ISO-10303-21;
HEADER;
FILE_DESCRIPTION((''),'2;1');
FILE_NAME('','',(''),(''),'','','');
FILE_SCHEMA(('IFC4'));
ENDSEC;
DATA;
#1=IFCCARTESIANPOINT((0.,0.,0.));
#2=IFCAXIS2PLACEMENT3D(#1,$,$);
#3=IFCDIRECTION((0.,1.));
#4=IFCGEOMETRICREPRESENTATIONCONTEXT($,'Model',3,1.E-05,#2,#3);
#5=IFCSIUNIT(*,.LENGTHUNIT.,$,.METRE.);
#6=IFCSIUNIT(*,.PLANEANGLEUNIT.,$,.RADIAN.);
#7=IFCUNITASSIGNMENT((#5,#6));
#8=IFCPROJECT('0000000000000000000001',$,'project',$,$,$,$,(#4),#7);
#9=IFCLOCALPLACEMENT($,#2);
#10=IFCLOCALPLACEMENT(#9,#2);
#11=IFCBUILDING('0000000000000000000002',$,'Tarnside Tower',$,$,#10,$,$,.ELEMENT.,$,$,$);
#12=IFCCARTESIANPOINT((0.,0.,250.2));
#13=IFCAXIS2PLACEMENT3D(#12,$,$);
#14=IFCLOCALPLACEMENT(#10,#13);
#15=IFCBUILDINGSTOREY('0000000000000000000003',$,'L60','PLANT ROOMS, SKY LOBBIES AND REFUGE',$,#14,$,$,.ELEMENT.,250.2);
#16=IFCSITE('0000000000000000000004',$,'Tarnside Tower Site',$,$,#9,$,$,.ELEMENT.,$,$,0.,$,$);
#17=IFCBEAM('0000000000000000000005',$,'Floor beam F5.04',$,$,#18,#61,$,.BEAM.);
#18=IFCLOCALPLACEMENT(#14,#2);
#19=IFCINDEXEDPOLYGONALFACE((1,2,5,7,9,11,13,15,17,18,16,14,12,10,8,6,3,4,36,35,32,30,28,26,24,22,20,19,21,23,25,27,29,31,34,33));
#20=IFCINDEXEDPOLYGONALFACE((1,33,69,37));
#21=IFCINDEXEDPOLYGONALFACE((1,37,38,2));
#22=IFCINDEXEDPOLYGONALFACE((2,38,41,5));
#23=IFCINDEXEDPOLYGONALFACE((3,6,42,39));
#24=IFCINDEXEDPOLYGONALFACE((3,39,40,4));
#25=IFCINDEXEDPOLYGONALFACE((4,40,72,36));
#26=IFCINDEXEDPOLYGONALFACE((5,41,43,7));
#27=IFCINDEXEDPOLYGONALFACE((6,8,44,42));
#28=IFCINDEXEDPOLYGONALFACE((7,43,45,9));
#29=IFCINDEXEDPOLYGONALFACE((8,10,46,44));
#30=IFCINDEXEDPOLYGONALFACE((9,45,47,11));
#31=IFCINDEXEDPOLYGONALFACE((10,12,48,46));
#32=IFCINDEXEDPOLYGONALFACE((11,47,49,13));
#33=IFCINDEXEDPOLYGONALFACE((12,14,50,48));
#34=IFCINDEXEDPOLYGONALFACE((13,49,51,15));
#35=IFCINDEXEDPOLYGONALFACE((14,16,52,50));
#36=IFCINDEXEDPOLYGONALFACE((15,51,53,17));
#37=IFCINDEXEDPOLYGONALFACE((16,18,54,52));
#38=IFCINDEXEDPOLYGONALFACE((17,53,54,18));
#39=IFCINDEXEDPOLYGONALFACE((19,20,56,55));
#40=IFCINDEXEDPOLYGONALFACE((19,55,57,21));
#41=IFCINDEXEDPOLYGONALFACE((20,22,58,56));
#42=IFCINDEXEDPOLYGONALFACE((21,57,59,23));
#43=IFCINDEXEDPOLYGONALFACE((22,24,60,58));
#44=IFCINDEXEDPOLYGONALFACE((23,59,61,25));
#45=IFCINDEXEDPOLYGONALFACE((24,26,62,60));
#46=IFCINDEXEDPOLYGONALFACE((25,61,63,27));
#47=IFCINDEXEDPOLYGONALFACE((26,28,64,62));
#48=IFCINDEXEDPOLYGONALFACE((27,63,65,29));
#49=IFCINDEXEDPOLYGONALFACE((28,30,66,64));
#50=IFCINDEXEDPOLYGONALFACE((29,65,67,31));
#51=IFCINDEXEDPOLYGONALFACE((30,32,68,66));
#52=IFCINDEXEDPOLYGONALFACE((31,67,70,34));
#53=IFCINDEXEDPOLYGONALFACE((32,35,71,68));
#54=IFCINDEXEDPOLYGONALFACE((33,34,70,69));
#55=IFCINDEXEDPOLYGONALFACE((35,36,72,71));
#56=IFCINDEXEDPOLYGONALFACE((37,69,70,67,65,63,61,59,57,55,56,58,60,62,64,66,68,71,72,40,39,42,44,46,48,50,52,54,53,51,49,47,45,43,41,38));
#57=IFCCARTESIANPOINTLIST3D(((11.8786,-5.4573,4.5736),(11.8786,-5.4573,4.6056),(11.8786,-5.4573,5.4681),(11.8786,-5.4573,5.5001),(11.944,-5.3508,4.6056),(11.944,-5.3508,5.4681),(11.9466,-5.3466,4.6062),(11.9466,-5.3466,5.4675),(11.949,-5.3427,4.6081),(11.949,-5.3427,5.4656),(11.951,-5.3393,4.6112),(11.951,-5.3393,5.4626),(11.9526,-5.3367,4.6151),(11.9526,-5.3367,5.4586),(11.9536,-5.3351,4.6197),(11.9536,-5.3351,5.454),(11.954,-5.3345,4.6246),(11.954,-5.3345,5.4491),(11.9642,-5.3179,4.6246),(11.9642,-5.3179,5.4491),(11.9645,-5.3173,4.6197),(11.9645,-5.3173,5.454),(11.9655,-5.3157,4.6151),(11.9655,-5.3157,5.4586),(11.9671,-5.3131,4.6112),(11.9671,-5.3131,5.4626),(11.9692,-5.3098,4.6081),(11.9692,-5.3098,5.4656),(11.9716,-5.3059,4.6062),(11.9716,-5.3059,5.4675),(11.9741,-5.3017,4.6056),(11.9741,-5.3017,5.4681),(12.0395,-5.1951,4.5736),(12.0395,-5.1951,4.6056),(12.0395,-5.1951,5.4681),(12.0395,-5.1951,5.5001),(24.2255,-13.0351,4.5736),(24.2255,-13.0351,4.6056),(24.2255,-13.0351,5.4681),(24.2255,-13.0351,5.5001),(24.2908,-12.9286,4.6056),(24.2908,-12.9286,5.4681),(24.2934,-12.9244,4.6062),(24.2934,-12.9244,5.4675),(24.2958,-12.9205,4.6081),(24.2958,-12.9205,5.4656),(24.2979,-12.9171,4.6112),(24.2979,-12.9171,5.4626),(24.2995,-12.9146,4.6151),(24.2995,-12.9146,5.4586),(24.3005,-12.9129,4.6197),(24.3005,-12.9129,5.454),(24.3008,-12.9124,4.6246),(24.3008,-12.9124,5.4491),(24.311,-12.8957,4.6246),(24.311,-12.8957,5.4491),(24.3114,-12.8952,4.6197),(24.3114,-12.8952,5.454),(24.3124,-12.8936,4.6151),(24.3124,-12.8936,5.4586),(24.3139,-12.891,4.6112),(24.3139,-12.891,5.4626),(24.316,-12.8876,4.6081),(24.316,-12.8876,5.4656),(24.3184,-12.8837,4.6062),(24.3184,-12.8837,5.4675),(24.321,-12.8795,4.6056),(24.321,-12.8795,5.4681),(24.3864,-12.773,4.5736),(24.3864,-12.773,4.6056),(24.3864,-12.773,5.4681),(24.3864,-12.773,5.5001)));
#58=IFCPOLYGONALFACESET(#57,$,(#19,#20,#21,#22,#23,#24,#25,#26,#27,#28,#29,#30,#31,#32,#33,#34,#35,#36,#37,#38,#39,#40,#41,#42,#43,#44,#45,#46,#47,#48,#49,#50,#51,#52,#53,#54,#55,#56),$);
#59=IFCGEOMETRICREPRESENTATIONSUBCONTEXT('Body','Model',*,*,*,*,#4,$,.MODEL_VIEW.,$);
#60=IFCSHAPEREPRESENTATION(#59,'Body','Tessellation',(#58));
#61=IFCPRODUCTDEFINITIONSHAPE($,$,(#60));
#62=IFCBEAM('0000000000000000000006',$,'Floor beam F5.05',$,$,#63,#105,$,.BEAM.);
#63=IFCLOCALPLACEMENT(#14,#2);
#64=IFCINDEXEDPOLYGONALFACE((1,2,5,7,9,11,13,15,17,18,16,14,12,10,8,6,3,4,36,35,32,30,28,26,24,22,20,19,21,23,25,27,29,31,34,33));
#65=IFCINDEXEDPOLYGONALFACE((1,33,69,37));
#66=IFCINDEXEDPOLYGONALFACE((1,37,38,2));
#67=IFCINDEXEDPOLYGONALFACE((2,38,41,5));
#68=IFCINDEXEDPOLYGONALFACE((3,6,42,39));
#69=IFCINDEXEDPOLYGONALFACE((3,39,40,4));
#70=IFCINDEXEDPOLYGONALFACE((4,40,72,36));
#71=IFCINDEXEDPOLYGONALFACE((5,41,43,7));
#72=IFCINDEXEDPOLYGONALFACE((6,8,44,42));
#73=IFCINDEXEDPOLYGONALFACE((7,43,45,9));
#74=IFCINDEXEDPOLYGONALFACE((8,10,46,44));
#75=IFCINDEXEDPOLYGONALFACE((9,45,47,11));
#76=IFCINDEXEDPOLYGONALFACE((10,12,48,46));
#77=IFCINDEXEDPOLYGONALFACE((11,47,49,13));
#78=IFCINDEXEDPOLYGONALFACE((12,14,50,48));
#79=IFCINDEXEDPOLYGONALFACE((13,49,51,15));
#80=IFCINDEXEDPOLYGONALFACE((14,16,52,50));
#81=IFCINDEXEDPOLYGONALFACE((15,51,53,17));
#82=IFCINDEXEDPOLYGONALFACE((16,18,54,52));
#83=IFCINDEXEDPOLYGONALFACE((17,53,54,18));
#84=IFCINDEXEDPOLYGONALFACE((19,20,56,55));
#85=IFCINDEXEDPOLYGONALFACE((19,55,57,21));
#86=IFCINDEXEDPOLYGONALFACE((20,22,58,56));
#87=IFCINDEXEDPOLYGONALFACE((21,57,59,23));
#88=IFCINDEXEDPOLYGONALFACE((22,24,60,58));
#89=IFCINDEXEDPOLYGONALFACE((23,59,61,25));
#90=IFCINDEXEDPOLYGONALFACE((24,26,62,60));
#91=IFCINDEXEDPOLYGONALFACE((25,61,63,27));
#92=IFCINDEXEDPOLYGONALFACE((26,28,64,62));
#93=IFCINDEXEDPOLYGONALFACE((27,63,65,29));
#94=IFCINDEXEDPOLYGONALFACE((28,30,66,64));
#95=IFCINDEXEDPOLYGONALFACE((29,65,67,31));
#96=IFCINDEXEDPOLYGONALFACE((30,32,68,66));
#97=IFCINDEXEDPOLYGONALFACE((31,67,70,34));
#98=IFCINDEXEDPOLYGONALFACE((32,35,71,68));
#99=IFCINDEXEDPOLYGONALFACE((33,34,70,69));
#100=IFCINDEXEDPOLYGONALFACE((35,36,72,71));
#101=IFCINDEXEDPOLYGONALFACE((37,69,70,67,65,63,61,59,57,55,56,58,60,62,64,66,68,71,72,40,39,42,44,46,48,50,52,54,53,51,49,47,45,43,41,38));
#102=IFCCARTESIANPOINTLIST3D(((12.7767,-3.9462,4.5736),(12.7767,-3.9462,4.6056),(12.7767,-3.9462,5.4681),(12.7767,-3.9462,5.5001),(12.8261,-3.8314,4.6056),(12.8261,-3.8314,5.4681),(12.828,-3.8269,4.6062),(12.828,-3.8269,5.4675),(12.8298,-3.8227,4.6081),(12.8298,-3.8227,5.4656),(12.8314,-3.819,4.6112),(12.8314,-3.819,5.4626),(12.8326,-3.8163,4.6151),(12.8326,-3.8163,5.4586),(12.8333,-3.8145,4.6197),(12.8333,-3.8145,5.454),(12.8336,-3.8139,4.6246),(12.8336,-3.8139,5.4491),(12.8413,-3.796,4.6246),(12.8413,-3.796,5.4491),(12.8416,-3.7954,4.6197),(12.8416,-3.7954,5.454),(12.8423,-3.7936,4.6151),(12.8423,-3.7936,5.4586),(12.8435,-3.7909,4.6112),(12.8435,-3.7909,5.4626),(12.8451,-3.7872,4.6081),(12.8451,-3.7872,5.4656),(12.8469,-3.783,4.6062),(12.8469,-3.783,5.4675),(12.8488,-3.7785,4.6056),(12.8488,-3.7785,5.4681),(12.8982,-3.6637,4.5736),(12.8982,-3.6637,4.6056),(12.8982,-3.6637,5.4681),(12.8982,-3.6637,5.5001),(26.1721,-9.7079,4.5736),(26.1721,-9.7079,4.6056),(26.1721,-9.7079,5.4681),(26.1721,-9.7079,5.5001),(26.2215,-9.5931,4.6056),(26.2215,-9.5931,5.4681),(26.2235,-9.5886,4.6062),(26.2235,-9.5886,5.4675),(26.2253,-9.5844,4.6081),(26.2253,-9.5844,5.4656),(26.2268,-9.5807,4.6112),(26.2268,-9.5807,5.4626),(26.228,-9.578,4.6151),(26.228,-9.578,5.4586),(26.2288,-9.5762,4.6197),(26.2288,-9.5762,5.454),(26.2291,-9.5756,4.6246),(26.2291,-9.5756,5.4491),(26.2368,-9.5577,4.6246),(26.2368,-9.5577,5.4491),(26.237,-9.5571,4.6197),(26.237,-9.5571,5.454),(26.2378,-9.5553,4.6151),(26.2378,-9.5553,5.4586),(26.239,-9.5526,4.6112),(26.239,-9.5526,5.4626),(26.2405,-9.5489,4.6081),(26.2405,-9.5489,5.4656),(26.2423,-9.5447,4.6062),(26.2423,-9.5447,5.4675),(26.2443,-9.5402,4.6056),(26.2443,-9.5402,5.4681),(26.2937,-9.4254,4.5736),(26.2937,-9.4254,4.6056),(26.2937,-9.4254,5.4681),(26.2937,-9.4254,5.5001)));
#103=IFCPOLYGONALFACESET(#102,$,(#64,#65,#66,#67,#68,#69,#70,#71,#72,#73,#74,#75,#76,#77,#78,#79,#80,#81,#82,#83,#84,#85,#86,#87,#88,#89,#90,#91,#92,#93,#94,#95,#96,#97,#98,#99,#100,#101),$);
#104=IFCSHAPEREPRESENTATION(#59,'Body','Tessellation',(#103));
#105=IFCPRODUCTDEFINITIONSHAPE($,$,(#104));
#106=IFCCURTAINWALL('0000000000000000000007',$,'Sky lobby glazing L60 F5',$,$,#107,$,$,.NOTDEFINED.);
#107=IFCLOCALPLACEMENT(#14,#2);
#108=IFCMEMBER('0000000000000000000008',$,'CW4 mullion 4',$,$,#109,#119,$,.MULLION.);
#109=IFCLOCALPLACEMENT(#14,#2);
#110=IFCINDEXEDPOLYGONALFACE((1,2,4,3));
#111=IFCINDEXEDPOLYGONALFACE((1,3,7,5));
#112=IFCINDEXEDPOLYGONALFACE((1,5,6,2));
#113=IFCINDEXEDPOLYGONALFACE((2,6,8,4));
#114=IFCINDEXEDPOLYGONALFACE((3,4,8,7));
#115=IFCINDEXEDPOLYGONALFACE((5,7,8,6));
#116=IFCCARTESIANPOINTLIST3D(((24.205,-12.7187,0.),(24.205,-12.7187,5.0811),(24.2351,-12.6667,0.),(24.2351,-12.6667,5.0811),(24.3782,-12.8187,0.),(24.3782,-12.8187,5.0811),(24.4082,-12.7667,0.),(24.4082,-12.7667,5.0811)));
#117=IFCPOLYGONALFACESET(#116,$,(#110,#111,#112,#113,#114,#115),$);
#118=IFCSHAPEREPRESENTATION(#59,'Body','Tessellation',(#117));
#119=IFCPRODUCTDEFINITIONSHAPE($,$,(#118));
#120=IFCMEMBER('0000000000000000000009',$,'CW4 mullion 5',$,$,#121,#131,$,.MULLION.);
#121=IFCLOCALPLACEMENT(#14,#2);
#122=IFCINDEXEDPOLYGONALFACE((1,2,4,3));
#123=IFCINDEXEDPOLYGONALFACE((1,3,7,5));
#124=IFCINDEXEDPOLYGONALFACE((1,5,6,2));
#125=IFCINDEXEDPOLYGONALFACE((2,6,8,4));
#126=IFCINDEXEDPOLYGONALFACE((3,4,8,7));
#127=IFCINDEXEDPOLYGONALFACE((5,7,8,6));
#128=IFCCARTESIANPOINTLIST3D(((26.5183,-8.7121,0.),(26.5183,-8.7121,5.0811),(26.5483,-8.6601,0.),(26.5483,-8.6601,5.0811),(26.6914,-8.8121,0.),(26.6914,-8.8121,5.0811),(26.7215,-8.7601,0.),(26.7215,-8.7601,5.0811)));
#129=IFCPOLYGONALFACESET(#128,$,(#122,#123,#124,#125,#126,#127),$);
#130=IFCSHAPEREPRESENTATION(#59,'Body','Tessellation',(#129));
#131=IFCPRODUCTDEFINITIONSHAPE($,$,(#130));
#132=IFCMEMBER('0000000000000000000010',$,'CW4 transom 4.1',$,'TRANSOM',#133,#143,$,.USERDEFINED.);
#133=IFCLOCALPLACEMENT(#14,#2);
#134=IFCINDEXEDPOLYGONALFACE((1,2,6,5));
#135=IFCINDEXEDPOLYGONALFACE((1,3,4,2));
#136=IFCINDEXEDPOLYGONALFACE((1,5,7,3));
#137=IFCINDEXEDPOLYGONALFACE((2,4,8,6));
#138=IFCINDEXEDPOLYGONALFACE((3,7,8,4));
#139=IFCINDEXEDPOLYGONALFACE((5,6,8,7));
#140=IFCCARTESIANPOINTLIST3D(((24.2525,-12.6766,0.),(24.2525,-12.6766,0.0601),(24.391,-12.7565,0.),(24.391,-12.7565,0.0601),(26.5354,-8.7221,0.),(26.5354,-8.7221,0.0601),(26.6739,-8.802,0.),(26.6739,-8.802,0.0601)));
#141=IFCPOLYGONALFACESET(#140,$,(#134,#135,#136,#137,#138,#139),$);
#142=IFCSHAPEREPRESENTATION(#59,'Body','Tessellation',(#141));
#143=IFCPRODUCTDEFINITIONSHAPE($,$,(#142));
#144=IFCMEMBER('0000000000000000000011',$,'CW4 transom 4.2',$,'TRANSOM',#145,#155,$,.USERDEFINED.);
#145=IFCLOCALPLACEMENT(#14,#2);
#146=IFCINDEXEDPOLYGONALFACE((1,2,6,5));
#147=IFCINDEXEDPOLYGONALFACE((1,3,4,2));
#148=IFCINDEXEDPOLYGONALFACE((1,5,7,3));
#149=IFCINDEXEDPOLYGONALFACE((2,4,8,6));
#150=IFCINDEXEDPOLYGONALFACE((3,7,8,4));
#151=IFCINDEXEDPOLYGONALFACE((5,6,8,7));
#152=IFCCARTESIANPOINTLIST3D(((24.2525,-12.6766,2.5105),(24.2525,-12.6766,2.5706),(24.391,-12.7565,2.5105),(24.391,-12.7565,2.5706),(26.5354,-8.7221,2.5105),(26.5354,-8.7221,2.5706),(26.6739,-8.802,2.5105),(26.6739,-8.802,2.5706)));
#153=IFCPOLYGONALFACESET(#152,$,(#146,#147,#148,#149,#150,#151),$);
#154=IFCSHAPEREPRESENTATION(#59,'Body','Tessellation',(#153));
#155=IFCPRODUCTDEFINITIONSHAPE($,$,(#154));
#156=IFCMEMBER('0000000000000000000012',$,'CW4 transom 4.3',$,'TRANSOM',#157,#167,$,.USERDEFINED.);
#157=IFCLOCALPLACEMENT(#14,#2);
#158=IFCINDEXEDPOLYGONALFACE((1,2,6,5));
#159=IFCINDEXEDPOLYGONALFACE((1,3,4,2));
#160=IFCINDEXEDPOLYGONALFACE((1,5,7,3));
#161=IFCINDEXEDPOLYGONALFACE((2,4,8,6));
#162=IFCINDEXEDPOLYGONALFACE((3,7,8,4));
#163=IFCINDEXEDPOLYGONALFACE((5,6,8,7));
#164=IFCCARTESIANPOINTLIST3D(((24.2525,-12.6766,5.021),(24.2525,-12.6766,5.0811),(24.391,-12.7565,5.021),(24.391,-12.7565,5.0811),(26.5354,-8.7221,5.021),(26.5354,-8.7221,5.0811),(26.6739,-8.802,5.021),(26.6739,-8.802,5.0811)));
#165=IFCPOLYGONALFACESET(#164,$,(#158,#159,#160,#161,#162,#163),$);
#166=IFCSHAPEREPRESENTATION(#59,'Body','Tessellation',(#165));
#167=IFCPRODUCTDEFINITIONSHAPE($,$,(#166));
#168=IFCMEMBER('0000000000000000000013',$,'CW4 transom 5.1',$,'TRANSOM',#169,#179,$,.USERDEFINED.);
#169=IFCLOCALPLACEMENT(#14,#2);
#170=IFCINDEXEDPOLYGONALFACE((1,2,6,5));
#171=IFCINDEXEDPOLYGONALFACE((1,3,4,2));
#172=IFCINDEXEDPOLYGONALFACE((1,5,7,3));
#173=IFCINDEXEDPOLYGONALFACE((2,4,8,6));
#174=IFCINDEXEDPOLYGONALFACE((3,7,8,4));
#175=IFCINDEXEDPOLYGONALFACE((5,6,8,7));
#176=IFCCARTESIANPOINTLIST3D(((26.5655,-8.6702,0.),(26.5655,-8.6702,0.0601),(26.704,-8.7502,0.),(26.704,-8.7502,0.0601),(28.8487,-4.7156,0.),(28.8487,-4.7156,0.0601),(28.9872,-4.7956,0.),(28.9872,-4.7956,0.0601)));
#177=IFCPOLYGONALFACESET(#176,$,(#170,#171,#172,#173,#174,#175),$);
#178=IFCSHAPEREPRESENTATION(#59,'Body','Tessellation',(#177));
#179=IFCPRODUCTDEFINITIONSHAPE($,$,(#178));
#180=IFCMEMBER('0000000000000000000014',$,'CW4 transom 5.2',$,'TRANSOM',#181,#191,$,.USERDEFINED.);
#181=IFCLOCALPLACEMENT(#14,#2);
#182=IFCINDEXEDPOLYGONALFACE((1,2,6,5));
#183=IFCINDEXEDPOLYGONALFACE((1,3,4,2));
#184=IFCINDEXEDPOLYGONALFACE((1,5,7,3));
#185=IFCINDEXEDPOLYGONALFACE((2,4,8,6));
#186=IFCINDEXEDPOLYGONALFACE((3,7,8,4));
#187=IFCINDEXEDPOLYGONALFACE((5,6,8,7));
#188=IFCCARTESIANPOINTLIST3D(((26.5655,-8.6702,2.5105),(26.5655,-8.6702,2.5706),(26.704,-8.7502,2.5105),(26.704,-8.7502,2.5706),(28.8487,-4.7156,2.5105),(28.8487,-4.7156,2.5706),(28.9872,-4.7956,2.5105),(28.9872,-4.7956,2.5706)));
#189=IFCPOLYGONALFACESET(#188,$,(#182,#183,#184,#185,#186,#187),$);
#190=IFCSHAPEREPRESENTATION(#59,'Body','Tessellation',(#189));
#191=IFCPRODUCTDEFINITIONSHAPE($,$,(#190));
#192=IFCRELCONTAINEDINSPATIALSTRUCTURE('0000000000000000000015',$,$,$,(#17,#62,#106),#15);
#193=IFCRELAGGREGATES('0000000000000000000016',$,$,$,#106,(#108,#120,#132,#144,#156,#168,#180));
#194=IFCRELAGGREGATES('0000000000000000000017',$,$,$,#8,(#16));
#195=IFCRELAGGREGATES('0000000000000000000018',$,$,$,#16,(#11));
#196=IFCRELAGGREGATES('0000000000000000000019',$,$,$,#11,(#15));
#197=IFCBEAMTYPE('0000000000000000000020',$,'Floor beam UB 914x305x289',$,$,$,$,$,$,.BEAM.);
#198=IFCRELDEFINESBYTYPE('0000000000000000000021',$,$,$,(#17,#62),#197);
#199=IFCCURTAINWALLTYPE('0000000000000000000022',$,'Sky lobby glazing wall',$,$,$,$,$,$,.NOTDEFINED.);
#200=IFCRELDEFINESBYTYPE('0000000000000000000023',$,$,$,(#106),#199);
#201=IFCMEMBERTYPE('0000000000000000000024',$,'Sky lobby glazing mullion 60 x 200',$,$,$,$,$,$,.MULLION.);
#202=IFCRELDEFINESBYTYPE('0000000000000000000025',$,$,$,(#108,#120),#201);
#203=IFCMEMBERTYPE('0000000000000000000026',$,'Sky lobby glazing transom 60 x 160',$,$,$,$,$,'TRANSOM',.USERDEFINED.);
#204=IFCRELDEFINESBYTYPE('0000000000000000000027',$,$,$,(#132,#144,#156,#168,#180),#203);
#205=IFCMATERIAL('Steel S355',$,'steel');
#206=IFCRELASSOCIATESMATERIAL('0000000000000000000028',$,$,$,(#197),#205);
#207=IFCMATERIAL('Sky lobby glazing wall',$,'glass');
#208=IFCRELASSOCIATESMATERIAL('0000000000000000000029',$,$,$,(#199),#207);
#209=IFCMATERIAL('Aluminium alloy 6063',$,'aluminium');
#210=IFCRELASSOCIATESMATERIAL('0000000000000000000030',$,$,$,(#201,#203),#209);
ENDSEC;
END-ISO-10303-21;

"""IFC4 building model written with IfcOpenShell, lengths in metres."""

from ifc_helpers import new_model, si_unit, direction, frame, origin, origin_2d, place, context, subcontext, project, spatial, rectangle, i_section, extrude, material, material_profile, profile_set, type_object, element, aggregate, save


model = new_model("IFC4")

# Units and contexts
model_context = context("Model", 3, precision=1e-05, world=origin(), true_north=direction((0.0, 1.0)))
body_context = subcontext(model_context, "Body", "Model", "MODEL_VIEW")
ifc_project = project(units=[si_unit("LENGTHUNIT", "METRE"), si_unit("PLANEANGLEUNIT", "RADIAN")], contexts=[model_context])

# Site, building, storey
site_placement = place(None, origin())
site = spatial("IfcSite", under=ifc_project, at=site_placement, Name="Tarnside Tower Site", CompositionType="ELEMENT", RefElevation=0.0)
building_placement = place(site_placement, origin())
building = spatial("IfcBuilding", under=site, at=building_placement, Name="Tarnside Tower", CompositionType="ELEMENT")
storey_placement = place(building_placement, frame((0.0, 0.0, 250.2)))
storey = spatial("IfcBuildingStorey", under=building, at=storey_placement, Name="L60", Description="PLANT ROOMS, SKY LOBBIES AND REFUGE", CompositionType="ELEMENT", Elevation=250.2)

# Beams
ifc_material_1 = material(Name="Steel S355", Category="steel")
ifc_material_profile_1 = material_profile(ifc_material_1, i_section(OverallWidth=0.3076, OverallDepth=0.9265, WebThickness=0.0195, FlangeThickness=0.032, FilletRadius=0.019, at=origin_2d()), Name="UB 914x305x289")
ifc_profile_set_1 = profile_set([ifc_material_profile_1], Name="Steel S355")
beam_type = type_object("IfcBeamType", Name="Floor beam UB 914x305x289", PredefinedType="BEAM", material=ifc_profile_set_1)
beam_1_placement = place(storey_placement, frame((24.3059, -12.9041, 5.0369), z_axis=(-0.852281, 0.523084, 0.0), x_axis=(-0.523084, -0.852281, 0.0)))
element("IfcBeam", 1, at=beam_1_placement, inside=storey, type_object=beam_type, Name="Floor beam F5.04", PredefinedType="BEAM", context=body_context, shape_type="SweptSolid", body=[
    extrude(i_section(OverallWidth=0.3076, OverallDepth=0.9265, WebThickness=0.0195, FlangeThickness=0.032, FilletRadius=0.019, at=origin_2d()), origin(), (0.0, 0.0, 1.0), 14.4868),
])
beam_2_placement = place(storey_placement, frame((26.2329, -9.5667, 5.0369), z_axis=(-0.918628, 0.395123, 0.0), x_axis=(-0.395123, -0.918628, 0.0)))
element("IfcBeam", 2, at=beam_2_placement, inside=storey, type_object=beam_type, Name="Floor beam F5.05", PredefinedType="BEAM", context=body_context, shape_type="SweptSolid", body=[
    extrude(i_section(OverallWidth=0.3076, OverallDepth=0.9265, WebThickness=0.0195, FlangeThickness=0.032, FilletRadius=0.019, at=origin_2d()), origin(), (0.0, 0.0, 1.0), 14.582),
])

# Curtain wall, members
ifc_material_2 = material(Name="Sky lobby glazing wall", Category="glass")
curtain_wall_type = type_object("IfcCurtainWallType", Name="Sky lobby glazing wall", PredefinedType="NOTDEFINED", material=ifc_material_2)
curtain_wall_placement = place(storey_placement, origin())
curtain_wall = element("IfcCurtainWall", 3, at=curtain_wall_placement, inside=storey, type_object=curtain_wall_type, Name="Sky lobby glazing L60 F5", PredefinedType="NOTDEFINED")
ifc_material_3 = material(Name="Aluminium alloy 6063", Category="aluminium")
ifc_material_profile_2 = material_profile(ifc_material_3, rectangle(XDim=0.2, YDim=0.0601, at=origin_2d()), Name="Sky lobby glazing mullion 60 x 200")
ifc_profile_set_2 = profile_set([ifc_material_profile_2], Name="Aluminium alloy 6063")
member_type_1 = type_object("IfcMemberType", Name="Sky lobby glazing mullion 60 x 200", PredefinedType="MULLION", material=ifc_profile_set_2)
member_1_placement = place(storey_placement, frame((24.3066, -12.7427, 0.0), z_axis=(0.0, 0.0, 1.0), x_axis=(-0.866025, 0.5, 0.0)))
member_1 = element("IfcMember", 4, at=member_1_placement, type_object=member_type_1, Name="CW4 mullion 4", PredefinedType="MULLION", context=body_context, shape_type="SweptSolid", body=[
    extrude(rectangle(XDim=0.2, YDim=0.0601, at=origin_2d()), origin(), (0.0, 0.0, 1.0), 5.0811),
])
member_2_placement = place(storey_placement, frame((26.6199, -8.7361, 0.0), z_axis=(0.0, 0.0, 1.0), x_axis=(-0.866025, 0.5, 0.0)))
member_2 = element("IfcMember", 5, at=member_2_placement, type_object=member_type_1, Name="CW4 mullion 5", PredefinedType="MULLION", context=body_context, shape_type="SweptSolid", body=[
    extrude(rectangle(XDim=0.2, YDim=0.0601, at=origin_2d()), origin(), (0.0, 0.0, 1.0), 5.0811),
])
ifc_material_profile_3 = material_profile(ifc_material_3, rectangle(XDim=0.1599, YDim=0.0601, at=origin_2d()), Name="Sky lobby glazing transom 60 x 160")
ifc_profile_set_3 = profile_set([ifc_material_profile_3], Name="Aluminium alloy 6063")
member_type_2 = type_object("IfcMemberType", Name="Sky lobby glazing transom 60 x 160", ElementType="TRANSOM", PredefinedType="USERDEFINED", material=ifc_profile_set_3)
member_3_placement = place(storey_placement, frame((24.3218, -12.7166, 0.03), z_axis=(0.499963, 0.866047, 0.0), x_axis=(-0.866047, 0.499963, 0.0)))
member_3 = element("IfcMember", 6, at=member_3_placement, type_object=member_type_2, Name="CW4 transom 4.1", ObjectType="TRANSOM", PredefinedType="USERDEFINED", context=body_context, shape_type="SweptSolid", body=[
    extrude(rectangle(XDim=0.1599, YDim=0.0601, at=origin_2d()), origin(), (0.0, 0.0, 1.0), 4.5662),
])
member_4_placement = place(storey_placement, frame((24.3218, -12.7166, 2.5405), z_axis=(0.499963, 0.866047, 0.0), x_axis=(-0.866047, 0.499963, 0.0)))
member_4 = element("IfcMember", 7, at=member_4_placement, type_object=member_type_2, Name="CW4 transom 4.2", ObjectType="TRANSOM", PredefinedType="USERDEFINED", context=body_context, shape_type="SweptSolid", body=[
    extrude(rectangle(XDim=0.1599, YDim=0.0601, at=origin_2d()), origin(), (0.0, 0.0, 1.0), 4.5662),
])
member_5_placement = place(storey_placement, frame((24.3218, -12.7166, 5.051), z_axis=(0.499963, 0.866047, 0.0), x_axis=(-0.866047, 0.499963, 0.0)))
member_5 = element("IfcMember", 8, at=member_5_placement, type_object=member_type_2, Name="CW4 transom 4.3", ObjectType="TRANSOM", PredefinedType="USERDEFINED", context=body_context, shape_type="SweptSolid", body=[
    extrude(rectangle(XDim=0.1599, YDim=0.0601, at=origin_2d()), origin(), (0.0, 0.0, 1.0), 4.5662),
])
member_6_placement = place(storey_placement, frame((26.6348, -8.7102, 0.03), z_axis=(0.500003, 0.866024, 0.0), x_axis=(-0.866024, 0.500003, 0.0)))
member_6 = element("IfcMember", 9, at=member_6_placement, type_object=member_type_2, Name="CW4 transom 5.1", ObjectType="TRANSOM", PredefinedType="USERDEFINED", context=body_context, shape_type="SweptSolid", body=[
    extrude(rectangle(XDim=0.1599, YDim=0.0601, at=origin_2d()), origin(), (0.0, 0.0, 1.0), 4.5664),
])
member_7_placement = place(storey_placement, frame((26.6348, -8.7102, 2.5405), z_axis=(0.500003, 0.866024, 0.0), x_axis=(-0.866024, 0.500003, 0.0)))
member_7 = element("IfcMember", 10, at=member_7_placement, type_object=member_type_2, Name="CW4 transom 5.2", ObjectType="TRANSOM", PredefinedType="USERDEFINED", context=body_context, shape_type="SweptSolid", body=[
    extrude(rectangle(XDim=0.1599, YDim=0.0601, at=origin_2d()), origin(), (0.0, 0.0, 1.0), 4.5664),
])

aggregate(curtain_wall, [member_1, member_2, member_3, member_4, member_5, member_6, member_7])

save(model, "model.ifc")
